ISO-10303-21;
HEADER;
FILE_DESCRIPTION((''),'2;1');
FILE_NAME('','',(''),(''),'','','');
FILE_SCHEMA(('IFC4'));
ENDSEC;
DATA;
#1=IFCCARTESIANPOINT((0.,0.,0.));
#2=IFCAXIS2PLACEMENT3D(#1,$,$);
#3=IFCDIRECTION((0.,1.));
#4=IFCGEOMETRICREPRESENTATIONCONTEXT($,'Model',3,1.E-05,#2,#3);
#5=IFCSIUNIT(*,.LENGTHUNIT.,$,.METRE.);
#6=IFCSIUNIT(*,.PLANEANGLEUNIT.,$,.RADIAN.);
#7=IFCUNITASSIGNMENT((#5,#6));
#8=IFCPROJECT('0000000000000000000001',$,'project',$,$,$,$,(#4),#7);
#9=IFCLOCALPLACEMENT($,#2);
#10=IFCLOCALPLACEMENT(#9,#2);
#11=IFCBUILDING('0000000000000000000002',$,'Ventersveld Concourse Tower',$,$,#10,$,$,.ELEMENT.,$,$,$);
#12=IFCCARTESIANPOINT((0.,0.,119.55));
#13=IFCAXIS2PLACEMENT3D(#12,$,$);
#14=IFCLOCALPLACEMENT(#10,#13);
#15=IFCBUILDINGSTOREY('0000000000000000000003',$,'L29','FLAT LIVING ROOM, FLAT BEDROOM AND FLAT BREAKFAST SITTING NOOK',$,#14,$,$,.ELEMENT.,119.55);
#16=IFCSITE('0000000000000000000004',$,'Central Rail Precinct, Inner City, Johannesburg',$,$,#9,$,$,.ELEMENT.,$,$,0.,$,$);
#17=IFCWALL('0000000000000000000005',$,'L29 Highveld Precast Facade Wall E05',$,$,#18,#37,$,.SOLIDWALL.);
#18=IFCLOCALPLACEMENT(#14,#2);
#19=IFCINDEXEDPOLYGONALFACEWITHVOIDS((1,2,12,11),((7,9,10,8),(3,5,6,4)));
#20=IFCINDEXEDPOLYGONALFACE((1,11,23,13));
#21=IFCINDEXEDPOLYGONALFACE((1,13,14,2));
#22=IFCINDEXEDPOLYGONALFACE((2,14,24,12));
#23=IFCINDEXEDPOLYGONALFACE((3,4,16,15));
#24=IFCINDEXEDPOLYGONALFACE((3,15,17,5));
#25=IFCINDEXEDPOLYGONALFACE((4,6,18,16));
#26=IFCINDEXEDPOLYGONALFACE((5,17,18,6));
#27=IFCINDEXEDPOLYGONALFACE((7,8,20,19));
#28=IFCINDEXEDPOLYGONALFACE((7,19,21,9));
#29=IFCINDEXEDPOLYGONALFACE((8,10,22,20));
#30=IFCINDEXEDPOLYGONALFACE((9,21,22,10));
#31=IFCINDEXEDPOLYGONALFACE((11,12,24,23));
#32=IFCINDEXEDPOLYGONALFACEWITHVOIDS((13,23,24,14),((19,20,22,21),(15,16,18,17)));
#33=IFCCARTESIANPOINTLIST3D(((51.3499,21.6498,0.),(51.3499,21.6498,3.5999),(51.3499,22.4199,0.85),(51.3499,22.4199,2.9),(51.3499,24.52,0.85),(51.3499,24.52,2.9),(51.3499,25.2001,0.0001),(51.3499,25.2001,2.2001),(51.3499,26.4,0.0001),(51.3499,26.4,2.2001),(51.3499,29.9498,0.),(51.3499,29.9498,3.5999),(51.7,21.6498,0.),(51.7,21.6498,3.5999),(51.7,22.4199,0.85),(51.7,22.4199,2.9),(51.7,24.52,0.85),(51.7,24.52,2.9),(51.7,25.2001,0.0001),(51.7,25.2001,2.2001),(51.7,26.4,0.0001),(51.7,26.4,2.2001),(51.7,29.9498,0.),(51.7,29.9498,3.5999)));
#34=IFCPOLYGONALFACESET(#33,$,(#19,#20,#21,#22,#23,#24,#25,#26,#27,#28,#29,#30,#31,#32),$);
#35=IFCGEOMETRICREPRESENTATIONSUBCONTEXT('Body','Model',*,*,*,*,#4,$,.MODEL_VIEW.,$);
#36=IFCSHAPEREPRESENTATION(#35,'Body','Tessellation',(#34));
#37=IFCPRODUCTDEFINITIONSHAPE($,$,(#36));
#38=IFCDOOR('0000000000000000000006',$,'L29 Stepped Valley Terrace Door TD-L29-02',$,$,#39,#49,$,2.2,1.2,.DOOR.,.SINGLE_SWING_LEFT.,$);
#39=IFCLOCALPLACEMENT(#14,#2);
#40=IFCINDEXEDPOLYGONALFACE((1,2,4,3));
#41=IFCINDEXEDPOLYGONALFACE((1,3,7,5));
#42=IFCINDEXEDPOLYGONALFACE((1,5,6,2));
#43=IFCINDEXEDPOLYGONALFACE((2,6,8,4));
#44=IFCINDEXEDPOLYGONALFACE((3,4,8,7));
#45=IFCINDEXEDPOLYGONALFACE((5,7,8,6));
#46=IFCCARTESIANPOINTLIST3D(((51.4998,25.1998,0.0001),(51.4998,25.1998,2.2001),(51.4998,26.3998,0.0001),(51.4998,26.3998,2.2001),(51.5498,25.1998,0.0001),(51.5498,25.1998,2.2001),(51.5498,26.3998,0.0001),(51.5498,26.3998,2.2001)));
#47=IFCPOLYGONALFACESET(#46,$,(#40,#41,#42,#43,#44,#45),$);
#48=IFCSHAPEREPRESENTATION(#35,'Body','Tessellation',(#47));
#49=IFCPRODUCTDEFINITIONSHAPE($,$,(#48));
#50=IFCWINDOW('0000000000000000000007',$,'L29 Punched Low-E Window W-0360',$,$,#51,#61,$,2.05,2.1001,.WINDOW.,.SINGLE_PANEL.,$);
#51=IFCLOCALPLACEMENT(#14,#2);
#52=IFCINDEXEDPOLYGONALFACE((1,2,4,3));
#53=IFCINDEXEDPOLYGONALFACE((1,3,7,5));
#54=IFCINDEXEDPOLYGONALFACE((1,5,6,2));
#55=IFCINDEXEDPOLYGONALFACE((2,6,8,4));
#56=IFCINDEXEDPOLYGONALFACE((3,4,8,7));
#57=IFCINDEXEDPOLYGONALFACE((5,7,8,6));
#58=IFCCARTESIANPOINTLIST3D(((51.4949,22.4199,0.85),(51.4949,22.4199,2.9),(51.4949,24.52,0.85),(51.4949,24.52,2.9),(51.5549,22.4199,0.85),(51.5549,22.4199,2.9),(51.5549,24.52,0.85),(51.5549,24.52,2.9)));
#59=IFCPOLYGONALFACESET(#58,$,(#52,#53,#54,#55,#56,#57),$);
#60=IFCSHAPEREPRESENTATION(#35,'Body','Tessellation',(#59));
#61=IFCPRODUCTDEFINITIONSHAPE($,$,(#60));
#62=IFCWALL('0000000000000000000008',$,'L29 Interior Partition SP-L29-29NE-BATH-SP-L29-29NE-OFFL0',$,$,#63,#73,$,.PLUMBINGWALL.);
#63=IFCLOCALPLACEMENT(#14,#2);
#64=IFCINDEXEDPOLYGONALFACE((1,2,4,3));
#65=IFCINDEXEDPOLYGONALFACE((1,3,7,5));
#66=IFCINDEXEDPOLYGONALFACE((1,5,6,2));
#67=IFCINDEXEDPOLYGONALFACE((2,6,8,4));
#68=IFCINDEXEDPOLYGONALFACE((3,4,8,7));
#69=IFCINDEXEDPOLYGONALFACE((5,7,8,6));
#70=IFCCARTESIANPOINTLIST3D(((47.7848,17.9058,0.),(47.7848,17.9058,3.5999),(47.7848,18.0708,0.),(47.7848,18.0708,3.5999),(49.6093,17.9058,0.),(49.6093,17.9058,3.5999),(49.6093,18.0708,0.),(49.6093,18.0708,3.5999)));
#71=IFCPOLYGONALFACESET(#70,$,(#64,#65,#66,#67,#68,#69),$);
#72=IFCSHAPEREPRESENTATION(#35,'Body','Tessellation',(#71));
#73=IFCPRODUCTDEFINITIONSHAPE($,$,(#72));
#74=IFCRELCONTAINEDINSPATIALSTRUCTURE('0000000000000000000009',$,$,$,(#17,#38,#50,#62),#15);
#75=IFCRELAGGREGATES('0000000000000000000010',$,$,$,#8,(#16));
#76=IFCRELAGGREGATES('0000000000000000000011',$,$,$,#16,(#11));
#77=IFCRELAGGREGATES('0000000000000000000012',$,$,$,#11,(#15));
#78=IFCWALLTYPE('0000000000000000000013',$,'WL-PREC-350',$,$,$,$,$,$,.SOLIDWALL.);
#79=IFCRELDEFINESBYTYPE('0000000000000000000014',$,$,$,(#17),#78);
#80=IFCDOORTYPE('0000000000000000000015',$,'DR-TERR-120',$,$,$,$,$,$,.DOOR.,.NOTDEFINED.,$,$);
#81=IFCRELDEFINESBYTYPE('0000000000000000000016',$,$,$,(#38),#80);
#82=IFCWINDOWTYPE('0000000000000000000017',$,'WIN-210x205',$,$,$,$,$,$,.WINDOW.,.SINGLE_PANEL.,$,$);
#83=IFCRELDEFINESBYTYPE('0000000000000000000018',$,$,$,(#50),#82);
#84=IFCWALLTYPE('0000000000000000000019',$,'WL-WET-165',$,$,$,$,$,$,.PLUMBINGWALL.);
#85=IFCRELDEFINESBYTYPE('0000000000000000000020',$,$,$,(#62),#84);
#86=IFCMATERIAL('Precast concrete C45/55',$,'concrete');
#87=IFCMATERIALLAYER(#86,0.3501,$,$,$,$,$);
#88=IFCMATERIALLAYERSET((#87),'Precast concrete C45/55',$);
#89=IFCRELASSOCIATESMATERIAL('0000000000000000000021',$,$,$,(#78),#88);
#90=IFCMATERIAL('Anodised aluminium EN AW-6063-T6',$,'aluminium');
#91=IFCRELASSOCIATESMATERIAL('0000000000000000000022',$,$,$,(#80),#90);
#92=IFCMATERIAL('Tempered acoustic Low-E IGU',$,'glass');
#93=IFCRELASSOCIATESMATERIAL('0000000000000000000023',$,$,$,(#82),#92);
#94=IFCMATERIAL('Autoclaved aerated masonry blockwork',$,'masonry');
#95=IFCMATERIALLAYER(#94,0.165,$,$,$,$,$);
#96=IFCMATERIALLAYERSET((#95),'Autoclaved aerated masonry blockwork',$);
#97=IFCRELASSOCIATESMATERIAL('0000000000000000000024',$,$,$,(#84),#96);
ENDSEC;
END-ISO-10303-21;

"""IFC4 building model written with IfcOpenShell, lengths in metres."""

from ifc_helpers import new_model, si_unit, direction, frame, frame_2d, origin, place, context, subcontext, project, spatial, rectangle, extrude, material, layer, layer_set, type_object, element, fill, save


model = new_model("IFC4")

# Units and contexts
model_context = context("Model", 3, precision=1e-05, world=origin(), true_north=direction((0.0, 1.0)))
body_context = subcontext(model_context, "Body", "Model", "MODEL_VIEW")
ifc_project = project(units=[si_unit("LENGTHUNIT", "METRE"), si_unit("PLANEANGLEUNIT", "RADIAN")], contexts=[model_context])

# Site, building, storey
site_placement = place(None, origin())
site = spatial("IfcSite", under=ifc_project, at=site_placement, Name="Central Rail Precinct, Inner City, Johannesburg", CompositionType="ELEMENT", RefElevation=0.0)
building_placement = place(site_placement, origin())
building = spatial("IfcBuilding", under=site, at=building_placement, Name="Ventersveld Concourse Tower", CompositionType="ELEMENT")
storey_placement = place(building_placement, frame((0.0, 0.0, 119.55)))
storey = spatial("IfcBuildingStorey", under=building, at=storey_placement, Name="L29", Description="FLAT LIVING ROOM, FLAT BEDROOM AND FLAT BREAKFAST SITTING NOOK", CompositionType="ELEMENT", Elevation=119.55)

# Shared definitions
ifc_material_1 = material(Name="Autoclaved aerated masonry blockwork", Category="masonry")

# Shared definitions
ifc_material_2 = material(Name="Precast concrete C45/55", Category="concrete")
ifc_layer_1 = layer(ifc_material_2, 0.3501)
ifc_layer_set_1 = layer_set([ifc_layer_1], Name="Precast concrete C45/55")
wall_type_1 = type_object("IfcWallType", Name="WL-PREC-350", PredefinedType="SOLIDWALL", material=ifc_layer_set_1)

# Wall, openings, door, window
wall_1_placement = place(storey_placement, frame((51.5249, 21.6499, 0.0), z_axis=(0.0, 0.0, 1.0), x_axis=(0.0, 1.0, 0.0)))
wall_1 = element("IfcWall", 1, at=wall_1_placement, inside=storey, type_object=wall_type_1, Name="L29 Highveld Precast Facade Wall E05", PredefinedType="SOLIDWALL", context=body_context, shape_type="SweptSolid", body=[
    extrude(rectangle(XDim=8.3, YDim=0.3501, at=frame_2d((4.1499, 0.0))), origin(), (0.0, 0.0, 1.0), 3.5999),
])
opening_1_placement = place(wall_1_placement, frame((3.55, 0.0, 0.0)))
opening_1 = element("IfcOpeningElement", 2, at=opening_1_placement, cuts=wall_1, PredefinedType="OPENING", context=body_context, shape_type="SweptSolid", body=[
    extrude(rectangle(XDim=1.2, YDim=2.2, at=frame_2d((0.6001, 1.1001))), frame((0.0, 0.1851, 0.0), z_axis=(0.0, -1.0, 0.0), x_axis=(1.0, 0.0, 0.0)), (0.0, 0.0, 1.0), 0.3701),
])
opening_2_placement = place(wall_1_placement, frame((0.77, 0.0, 0.8501)))
opening_2 = element("IfcOpeningElement", 3, at=opening_2_placement, cuts=wall_1, PredefinedType="OPENING", context=body_context, shape_type="SweptSolid", body=[
    extrude(rectangle(XDim=2.1001, YDim=2.05, at=frame_2d((1.05, 1.0249))), frame((0.0, 0.1851, 0.0), z_axis=(0.0, -1.0, 0.0), x_axis=(1.0, 0.0, 0.0)), (0.0, 0.0, 1.0), 0.3701),
])
ifc_material_3 = material(Name="Anodised aluminium EN AW-6063-T6", Category="aluminium")
door_type_1 = type_object("IfcDoorType", Name="DR-TERR-120", OperationType="NOTDEFINED", PredefinedType="DOOR", material=ifc_material_3)
door_1_placement = place(opening_1_placement, frame((1.2, 0.0, 0.0), z_axis=(0.0, 0.0, 1.0), x_axis=(-1.0, 0.0, 0.0)))
door_1 = element("IfcDoor", 4, at=door_1_placement, inside=storey, type_object=door_type_1, Name="L29 Stepped Valley Terrace Door TD-L29-02", OperationType="SINGLE_SWING_LEFT", OverallHeight=2.2, OverallWidth=1.2, PredefinedType="DOOR", context=body_context, shape_type="SweptSolid", body=[
    extrude(rectangle(XDim=1.2, YDim=2.2, at=frame_2d((0.6001, 1.1001))), frame((0.0, 0.0249, 0.0), z_axis=(0.0, -1.0, 0.0), x_axis=(1.0, 0.0, 0.0)), (0.0, 0.0, 1.0), 0.05),
])
fill(opening_1, door_1)
ifc_material_4 = material(Name="Tempered acoustic Low-E IGU", Category="glass")
window_type = type_object("IfcWindowType", Name="WIN-210x205", PartitioningType="SINGLE_PANEL", PredefinedType="WINDOW", material=ifc_material_4)
window_placement = place(opening_2_placement, origin())
window = element("IfcWindow", 5, at=window_placement, inside=storey, type_object=window_type, Name="L29 Punched Low-E Window W-0360", OverallHeight=2.05, OverallWidth=2.1001, PartitioningType="SINGLE_PANEL", PredefinedType="WINDOW", context=body_context, shape_type="SweptSolid", body=[
    extrude(rectangle(XDim=2.1001, YDim=2.05, at=frame_2d((1.05, 1.0249))), frame((0.0, 0.03, 0.0), z_axis=(0.0, -1.0, 0.0), x_axis=(1.0, 0.0, 0.0)), (0.0, 0.0, 1.0), 0.0601),
])
fill(opening_2, window)

# Wall
ifc_layer_2 = layer(ifc_material_1, 0.165)
ifc_layer_set_2 = layer_set([ifc_layer_2], Name="Autoclaved aerated masonry blockwork")
wall_type_2 = type_object("IfcWallType", Name="WL-WET-165", PredefinedType="PLUMBINGWALL", material=ifc_layer_set_2)
wall_2_placement = place(storey_placement, frame((47.7849, 17.9883, 0.0), z_axis=(0.0, 0.0, 1.0), x_axis=(1.0, 0.0, 0.0)))
element("IfcWall", 6, at=wall_2_placement, inside=storey, type_object=wall_type_2, Name="L29 Interior Partition SP-L29-29NE-BATH-SP-L29-29NE-OFFL0", PredefinedType="PLUMBINGWALL", context=body_context, shape_type="SweptSolid", body=[
    extrude(rectangle(XDim=1.8245, YDim=0.165, at=frame_2d((0.9121, 0.0))), origin(), (0.0, 0.0, 1.0), 3.5999),
])

save(model, "model.ifc")
